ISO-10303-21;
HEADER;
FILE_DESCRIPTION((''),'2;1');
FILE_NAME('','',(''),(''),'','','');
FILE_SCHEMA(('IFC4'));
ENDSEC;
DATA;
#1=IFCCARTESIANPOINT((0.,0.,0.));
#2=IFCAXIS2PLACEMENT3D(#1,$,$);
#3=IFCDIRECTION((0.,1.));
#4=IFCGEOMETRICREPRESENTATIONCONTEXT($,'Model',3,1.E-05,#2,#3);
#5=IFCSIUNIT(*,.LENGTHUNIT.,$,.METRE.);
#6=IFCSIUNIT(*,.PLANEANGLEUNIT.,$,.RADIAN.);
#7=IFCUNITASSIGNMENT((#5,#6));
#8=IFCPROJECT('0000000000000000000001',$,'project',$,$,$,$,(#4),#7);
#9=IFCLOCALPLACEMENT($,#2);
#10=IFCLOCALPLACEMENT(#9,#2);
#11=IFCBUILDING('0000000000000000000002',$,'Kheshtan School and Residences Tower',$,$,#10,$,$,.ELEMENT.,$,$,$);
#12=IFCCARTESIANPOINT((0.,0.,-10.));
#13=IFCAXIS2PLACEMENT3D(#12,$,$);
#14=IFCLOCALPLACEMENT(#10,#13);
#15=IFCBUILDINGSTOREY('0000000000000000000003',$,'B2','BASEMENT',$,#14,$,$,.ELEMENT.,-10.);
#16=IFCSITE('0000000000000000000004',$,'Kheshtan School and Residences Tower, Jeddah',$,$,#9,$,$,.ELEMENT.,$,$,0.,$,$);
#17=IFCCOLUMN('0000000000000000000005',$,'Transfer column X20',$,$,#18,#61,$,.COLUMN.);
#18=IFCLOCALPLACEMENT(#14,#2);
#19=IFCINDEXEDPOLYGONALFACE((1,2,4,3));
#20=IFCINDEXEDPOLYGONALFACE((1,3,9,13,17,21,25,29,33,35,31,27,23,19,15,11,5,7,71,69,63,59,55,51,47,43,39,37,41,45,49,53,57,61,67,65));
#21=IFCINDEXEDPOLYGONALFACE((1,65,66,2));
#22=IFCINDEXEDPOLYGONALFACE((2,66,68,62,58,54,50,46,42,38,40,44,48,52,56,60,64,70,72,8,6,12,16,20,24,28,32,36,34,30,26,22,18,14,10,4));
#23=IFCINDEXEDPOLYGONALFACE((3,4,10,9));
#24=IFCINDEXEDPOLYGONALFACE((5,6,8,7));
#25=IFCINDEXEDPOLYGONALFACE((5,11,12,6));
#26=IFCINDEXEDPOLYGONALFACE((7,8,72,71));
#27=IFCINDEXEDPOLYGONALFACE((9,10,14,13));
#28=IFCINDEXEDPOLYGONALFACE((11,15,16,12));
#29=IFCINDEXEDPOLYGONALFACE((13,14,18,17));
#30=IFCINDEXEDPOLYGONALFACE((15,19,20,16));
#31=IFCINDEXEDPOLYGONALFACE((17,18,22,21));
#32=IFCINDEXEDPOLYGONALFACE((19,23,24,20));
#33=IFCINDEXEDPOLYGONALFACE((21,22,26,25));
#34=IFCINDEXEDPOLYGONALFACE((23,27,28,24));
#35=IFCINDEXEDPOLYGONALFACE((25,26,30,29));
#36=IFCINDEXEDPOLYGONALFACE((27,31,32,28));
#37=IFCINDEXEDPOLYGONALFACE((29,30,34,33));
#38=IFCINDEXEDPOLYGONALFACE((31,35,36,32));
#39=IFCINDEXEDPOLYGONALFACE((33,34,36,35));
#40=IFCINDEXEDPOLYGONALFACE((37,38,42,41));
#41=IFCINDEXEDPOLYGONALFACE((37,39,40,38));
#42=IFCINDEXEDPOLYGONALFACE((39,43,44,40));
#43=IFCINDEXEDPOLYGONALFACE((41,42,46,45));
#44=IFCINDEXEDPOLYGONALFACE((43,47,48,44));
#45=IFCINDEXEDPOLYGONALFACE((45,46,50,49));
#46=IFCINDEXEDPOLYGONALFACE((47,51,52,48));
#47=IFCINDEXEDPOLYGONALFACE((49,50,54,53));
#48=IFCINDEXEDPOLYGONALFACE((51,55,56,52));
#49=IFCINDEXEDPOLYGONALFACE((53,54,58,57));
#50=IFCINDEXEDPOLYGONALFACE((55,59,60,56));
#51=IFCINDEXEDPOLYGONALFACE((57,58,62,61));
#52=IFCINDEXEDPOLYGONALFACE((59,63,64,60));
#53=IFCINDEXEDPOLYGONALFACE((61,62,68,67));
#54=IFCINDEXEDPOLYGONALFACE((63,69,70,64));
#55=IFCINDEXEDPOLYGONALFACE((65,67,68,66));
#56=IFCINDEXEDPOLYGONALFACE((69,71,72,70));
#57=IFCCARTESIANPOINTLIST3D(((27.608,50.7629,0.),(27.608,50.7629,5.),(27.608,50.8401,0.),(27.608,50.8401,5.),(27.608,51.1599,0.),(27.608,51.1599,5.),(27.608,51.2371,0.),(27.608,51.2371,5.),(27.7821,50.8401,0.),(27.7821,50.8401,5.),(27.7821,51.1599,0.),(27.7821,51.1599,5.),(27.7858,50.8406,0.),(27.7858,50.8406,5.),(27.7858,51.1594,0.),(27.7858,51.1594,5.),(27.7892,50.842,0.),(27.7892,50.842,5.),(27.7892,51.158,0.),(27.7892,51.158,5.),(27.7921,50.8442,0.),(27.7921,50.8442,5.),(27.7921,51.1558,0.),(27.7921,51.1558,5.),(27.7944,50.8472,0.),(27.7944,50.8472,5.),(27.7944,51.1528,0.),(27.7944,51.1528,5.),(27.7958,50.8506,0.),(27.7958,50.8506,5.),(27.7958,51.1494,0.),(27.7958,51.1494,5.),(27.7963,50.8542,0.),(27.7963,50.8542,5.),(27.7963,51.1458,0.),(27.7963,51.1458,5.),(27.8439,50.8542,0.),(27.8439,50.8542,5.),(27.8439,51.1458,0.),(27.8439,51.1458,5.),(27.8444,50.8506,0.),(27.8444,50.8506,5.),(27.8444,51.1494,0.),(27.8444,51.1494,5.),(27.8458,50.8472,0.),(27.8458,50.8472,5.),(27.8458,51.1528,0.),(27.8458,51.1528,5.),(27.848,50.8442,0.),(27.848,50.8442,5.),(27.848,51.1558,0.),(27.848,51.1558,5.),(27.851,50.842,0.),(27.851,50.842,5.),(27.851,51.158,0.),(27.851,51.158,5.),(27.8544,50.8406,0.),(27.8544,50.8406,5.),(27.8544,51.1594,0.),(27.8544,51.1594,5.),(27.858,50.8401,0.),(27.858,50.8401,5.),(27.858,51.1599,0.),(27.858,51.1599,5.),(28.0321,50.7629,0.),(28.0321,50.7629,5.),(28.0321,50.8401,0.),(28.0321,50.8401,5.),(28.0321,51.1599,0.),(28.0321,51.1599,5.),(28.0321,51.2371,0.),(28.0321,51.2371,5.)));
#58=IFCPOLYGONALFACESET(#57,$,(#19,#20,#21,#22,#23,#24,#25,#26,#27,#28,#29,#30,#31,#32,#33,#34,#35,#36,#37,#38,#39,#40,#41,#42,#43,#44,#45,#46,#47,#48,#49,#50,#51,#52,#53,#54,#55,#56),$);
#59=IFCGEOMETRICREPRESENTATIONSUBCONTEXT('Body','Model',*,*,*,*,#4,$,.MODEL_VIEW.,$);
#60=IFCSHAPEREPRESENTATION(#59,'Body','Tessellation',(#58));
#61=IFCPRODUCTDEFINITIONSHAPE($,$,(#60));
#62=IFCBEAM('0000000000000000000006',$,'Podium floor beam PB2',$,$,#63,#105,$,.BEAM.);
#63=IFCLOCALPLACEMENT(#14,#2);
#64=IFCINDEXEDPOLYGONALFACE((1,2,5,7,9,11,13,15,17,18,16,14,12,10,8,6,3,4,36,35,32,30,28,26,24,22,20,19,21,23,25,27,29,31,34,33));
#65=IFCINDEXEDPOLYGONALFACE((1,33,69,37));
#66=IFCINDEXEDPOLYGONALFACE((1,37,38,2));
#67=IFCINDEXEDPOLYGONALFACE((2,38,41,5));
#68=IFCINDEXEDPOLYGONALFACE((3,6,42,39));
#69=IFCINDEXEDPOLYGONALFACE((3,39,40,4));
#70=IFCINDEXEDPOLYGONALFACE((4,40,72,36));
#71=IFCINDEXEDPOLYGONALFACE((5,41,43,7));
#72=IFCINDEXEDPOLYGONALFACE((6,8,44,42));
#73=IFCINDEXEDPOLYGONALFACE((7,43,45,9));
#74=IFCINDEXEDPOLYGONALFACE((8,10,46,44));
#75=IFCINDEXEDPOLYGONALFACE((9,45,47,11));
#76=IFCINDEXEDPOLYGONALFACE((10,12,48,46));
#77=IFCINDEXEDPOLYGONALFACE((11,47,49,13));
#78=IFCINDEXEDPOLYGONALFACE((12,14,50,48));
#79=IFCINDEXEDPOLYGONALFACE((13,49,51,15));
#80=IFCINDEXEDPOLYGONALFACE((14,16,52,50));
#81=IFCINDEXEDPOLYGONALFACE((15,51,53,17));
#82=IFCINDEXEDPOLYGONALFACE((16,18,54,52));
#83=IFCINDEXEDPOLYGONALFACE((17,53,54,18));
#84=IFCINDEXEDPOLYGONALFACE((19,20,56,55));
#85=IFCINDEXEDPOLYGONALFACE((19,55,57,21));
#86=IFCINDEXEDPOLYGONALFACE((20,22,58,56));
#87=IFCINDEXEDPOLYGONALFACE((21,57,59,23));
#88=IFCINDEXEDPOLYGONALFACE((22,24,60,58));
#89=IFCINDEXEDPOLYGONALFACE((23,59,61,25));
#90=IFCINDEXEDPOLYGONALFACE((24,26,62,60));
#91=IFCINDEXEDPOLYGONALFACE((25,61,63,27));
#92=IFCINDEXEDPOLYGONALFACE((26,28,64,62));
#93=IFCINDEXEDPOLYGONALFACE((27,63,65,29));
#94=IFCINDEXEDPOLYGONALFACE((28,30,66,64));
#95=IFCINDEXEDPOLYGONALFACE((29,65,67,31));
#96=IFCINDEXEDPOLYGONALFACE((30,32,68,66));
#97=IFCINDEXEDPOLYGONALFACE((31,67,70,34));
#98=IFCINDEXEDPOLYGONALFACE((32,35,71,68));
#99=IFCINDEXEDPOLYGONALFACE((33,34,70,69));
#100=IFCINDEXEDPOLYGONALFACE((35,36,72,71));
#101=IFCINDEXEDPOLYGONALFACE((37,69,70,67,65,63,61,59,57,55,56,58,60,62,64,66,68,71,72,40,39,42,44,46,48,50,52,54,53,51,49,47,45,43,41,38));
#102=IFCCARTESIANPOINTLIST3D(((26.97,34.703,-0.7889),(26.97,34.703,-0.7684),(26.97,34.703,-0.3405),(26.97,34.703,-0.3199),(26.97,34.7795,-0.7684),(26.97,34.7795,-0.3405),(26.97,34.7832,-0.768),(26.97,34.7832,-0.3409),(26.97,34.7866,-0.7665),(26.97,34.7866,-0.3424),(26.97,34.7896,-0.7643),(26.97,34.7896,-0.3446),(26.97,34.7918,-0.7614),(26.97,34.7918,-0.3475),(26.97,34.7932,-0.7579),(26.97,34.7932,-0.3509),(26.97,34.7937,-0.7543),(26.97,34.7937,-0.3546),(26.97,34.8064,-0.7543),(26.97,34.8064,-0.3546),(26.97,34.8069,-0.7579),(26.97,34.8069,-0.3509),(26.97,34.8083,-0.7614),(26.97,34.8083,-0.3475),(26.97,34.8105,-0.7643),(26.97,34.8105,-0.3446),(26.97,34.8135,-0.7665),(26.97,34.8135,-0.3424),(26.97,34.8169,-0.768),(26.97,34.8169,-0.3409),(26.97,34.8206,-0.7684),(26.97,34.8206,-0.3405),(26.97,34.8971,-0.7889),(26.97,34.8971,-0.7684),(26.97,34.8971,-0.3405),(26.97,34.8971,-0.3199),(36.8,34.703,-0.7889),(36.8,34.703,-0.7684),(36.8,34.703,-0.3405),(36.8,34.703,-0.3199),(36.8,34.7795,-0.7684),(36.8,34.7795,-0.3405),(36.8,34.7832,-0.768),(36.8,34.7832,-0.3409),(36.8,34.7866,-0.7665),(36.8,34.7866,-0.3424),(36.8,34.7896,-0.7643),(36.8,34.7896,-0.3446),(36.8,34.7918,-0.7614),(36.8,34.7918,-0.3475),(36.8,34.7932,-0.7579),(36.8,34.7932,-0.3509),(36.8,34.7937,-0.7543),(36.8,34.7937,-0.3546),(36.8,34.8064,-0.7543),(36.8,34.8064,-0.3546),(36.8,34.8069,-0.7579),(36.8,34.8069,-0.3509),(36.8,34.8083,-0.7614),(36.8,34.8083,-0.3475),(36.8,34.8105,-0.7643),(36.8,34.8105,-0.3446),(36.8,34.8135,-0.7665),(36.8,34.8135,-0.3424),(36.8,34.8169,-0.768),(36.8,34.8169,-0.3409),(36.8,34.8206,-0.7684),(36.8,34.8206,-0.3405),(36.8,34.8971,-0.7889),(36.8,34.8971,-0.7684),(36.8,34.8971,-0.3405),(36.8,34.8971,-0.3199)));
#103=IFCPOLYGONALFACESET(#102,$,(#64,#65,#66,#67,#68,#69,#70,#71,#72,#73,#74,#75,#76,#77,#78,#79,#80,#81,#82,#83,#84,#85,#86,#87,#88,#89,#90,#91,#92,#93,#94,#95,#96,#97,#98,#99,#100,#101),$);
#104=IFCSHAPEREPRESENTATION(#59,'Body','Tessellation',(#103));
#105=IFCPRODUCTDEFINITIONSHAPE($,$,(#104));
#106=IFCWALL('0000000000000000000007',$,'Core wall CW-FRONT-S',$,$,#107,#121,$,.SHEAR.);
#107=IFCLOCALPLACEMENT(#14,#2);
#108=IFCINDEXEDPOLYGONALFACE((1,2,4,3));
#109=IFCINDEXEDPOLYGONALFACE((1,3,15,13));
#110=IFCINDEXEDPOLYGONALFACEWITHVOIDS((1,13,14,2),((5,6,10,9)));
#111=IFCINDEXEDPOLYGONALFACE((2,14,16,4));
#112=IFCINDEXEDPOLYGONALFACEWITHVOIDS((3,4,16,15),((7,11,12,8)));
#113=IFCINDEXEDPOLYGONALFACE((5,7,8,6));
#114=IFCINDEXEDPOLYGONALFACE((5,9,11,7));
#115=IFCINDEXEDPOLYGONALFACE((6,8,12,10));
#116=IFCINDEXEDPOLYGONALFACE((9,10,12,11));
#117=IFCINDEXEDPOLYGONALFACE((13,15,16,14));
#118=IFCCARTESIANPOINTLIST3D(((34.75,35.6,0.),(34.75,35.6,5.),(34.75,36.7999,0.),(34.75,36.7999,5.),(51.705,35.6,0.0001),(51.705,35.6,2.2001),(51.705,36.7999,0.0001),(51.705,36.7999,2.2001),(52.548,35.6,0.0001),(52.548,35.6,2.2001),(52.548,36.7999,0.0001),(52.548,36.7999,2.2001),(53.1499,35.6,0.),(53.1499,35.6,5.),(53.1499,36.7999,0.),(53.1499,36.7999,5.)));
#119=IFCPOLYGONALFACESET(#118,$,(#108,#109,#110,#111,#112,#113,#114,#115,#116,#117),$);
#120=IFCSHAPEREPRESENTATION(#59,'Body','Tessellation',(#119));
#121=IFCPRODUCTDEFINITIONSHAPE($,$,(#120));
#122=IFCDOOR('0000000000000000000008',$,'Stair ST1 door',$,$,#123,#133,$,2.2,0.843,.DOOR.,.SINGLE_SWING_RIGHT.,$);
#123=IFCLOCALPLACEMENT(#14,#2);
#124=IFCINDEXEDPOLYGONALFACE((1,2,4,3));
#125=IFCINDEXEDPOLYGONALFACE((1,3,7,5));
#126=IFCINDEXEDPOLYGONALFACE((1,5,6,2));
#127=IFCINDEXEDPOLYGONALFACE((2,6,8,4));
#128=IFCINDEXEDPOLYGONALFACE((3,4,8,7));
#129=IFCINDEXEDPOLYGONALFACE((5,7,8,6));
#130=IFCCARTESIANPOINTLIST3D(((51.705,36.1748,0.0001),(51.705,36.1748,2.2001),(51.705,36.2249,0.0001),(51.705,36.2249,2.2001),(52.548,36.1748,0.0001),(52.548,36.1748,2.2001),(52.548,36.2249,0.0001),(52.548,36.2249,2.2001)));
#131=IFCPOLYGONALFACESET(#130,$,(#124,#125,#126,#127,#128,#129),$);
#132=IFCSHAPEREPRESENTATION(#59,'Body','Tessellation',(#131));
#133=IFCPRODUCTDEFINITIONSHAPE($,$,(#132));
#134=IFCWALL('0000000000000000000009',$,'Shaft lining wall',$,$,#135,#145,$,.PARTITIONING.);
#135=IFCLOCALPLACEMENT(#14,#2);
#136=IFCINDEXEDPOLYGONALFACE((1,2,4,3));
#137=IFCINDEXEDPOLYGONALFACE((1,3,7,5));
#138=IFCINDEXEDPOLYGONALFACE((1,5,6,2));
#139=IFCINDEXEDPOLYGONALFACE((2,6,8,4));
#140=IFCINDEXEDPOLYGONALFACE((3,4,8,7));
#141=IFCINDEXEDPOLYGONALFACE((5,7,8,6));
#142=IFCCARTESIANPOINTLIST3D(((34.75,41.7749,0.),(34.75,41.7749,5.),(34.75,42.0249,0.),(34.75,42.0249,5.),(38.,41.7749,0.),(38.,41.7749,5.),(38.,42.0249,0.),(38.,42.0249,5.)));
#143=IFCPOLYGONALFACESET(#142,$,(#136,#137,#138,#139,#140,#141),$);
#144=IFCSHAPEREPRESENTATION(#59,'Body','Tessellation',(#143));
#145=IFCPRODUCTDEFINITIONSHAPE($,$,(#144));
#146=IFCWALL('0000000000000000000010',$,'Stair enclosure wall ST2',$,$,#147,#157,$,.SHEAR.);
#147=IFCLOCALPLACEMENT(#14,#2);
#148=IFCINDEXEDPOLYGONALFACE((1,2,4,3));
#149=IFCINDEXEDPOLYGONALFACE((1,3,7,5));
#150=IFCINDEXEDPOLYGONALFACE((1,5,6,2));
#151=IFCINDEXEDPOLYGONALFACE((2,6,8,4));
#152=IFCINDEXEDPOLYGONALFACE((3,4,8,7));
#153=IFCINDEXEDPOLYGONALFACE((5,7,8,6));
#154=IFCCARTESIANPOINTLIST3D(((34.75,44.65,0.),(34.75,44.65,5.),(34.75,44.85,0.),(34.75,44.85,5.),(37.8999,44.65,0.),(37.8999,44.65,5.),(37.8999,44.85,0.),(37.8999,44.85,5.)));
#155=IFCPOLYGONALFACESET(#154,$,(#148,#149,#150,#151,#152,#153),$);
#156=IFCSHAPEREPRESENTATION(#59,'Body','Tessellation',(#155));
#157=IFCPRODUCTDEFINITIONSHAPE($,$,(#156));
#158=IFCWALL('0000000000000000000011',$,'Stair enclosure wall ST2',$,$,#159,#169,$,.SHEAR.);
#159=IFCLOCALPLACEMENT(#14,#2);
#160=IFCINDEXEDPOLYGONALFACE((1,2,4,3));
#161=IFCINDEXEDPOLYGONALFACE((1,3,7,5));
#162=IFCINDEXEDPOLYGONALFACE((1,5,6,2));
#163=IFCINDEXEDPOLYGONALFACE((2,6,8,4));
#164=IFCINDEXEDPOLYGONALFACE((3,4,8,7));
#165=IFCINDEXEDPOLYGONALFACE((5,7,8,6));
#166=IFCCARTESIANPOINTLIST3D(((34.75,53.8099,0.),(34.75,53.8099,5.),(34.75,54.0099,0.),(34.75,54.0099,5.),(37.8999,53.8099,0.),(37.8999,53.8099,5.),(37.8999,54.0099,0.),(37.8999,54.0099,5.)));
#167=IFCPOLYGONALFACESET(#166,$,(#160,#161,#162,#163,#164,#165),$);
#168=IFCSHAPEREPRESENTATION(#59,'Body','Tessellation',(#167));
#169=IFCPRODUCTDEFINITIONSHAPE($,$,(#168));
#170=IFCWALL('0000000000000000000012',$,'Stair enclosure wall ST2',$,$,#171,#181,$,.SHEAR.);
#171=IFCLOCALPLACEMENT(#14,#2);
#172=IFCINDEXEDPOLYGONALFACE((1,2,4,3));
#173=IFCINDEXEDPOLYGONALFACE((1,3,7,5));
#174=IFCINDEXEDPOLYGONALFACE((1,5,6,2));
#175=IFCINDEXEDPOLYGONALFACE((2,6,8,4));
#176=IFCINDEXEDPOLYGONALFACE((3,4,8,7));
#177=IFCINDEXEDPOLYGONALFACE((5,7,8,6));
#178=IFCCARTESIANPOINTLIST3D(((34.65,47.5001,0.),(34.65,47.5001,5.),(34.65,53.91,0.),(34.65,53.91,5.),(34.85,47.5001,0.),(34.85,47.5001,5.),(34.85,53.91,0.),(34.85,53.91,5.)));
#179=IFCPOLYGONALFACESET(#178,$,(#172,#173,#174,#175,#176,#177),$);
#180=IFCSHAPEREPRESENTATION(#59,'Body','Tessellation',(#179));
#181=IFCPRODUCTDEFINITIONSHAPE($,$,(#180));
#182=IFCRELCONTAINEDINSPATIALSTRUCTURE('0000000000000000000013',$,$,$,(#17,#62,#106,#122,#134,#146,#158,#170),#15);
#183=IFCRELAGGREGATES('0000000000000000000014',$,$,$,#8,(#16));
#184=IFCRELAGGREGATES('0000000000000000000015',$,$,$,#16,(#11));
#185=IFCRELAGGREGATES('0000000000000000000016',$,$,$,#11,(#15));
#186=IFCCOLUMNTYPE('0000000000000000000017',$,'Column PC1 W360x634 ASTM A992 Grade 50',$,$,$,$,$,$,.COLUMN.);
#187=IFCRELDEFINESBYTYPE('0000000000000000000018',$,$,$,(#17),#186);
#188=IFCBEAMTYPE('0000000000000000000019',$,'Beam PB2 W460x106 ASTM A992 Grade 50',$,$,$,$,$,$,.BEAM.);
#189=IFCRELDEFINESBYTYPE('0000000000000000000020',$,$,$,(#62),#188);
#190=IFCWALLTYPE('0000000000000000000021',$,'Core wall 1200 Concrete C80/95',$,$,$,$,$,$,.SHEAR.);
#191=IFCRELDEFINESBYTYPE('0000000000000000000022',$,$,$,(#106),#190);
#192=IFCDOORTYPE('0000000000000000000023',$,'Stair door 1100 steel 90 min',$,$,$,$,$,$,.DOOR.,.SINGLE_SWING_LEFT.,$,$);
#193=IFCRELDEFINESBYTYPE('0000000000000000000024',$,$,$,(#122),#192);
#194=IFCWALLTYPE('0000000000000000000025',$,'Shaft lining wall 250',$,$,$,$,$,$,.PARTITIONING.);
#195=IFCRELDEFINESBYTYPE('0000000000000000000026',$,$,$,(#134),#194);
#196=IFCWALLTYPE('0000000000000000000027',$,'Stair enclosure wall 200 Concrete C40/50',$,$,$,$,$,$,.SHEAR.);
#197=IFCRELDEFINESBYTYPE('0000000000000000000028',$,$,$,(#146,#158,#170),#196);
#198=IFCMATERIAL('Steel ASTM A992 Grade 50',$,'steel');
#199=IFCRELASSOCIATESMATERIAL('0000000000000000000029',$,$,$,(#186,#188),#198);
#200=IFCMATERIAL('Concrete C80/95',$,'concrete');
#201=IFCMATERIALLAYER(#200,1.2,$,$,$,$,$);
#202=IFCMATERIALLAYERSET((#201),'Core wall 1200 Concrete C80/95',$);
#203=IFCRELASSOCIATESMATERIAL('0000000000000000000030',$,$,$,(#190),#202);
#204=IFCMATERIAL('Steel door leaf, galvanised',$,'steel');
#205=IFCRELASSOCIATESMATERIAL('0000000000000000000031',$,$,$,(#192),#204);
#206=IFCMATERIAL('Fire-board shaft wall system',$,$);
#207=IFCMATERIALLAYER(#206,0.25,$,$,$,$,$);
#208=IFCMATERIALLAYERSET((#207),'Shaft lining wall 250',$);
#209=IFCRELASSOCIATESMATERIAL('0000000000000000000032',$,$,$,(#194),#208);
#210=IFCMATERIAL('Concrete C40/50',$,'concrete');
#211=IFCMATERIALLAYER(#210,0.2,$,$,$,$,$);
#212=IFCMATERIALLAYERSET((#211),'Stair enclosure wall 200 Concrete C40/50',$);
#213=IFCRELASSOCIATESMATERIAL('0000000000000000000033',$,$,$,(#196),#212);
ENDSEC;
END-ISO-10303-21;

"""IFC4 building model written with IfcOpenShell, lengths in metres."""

from ifc_helpers import new_model, si_unit, direction, frame, frame_2d, origin, origin_2d, place, context, subcontext, project, spatial, rectangle, i_section, extrude, source, transform, mapped, material, layer, layer_set, material_profile, profile_set, type_object, element, fill, save


model = new_model("IFC4")

# Units and contexts
model_context = context("Model", 3, precision=1e-05, world=origin(), true_north=direction((0.0, 1.0)))
body_context = subcontext(model_context, "Body", "Model", "MODEL_VIEW")
ifc_project = project(units=[si_unit("LENGTHUNIT", "METRE"), si_unit("PLANEANGLEUNIT", "RADIAN")], contexts=[model_context])

# Site, building, storey
site_placement = place(None, origin())
site = spatial("IfcSite", under=ifc_project, at=site_placement, Name="Kheshtan School and Residences Tower, Jeddah", CompositionType="ELEMENT", RefElevation=0.0)
building_placement = place(site_placement, origin())
building = spatial("IfcBuilding", under=site, at=building_placement, Name="Kheshtan School and Residences Tower", CompositionType="ELEMENT")
storey_placement = place(building_placement, frame((0.0, 0.0, -10.0)))
storey = spatial("IfcBuildingStorey", under=building, at=storey_placement, Name="B2", Description="BASEMENT", CompositionType="ELEMENT", Elevation=-10.0)

# Column
ifc_material_1 = material(Name="Steel ASTM A992 Grade 50", Category="steel")
ifc_material_profile_1 = material_profile(ifc_material_1, i_section(OverallWidth=0.4241, OverallDepth=0.4741, WebThickness=0.0476, FlangeThickness=0.0771, FilletRadius=0.0142, at=origin_2d()), Name="W360x634")
ifc_profile_set_1 = profile_set([ifc_material_profile_1], Name="Steel ASTM A992 Grade 50")
column_type = type_object("IfcColumnType", Name="Column PC1 W360x634 ASTM A992 Grade 50", PredefinedType="COLUMN", material=ifc_profile_set_1)
for number, where, z_axis, x_axis, name in (
    (1, (27.8201, 51.0, 0.0), (0.0, 0.0, 1.0), (1.0, 0.0, 0.0), "Transfer column X20"),
):
    element("IfcColumn", number, at=place(storey_placement, frame(where, z_axis=z_axis, x_axis=x_axis)), inside=storey, type_object=column_type, Name=name, PredefinedType="COLUMN", context=body_context, shape_type="SweptSolid", body=[
        extrude(i_section(OverallWidth=0.4241, OverallDepth=0.4741, WebThickness=0.0476, FlangeThickness=0.0771, FilletRadius=0.0142, at=origin_2d()), origin(), (0.0, 0.0, 1.0), 5.0),
    ])

# Beam
ifc_material_profile_2 = material_profile(ifc_material_1, i_section(OverallWidth=0.1941, OverallDepth=0.469, WebThickness=0.0127, FlangeThickness=0.0205, FilletRadius=0.0142, at=origin_2d()), Name="W460x106")
ifc_profile_set_2 = profile_set([ifc_material_profile_2], Name="Steel ASTM A992 Grade 50")
beam_type = type_object("IfcBeamType", Name="Beam PB2 W460x106 ASTM A992 Grade 50", PredefinedType="BEAM", material=ifc_profile_set_2)
beam_placement = place(storey_placement, frame((26.97, 34.8, -0.5544), z_axis=(1.0, 0.0, 0.0), x_axis=(0.0, 1.0, 0.0)))
element("IfcBeam", 2, at=beam_placement, inside=storey, type_object=beam_type, Name="Podium floor beam PB2", PredefinedType="BEAM", context=body_context, shape_type="SweptSolid", body=[
    extrude(i_section(OverallWidth=0.1941, OverallDepth=0.469, WebThickness=0.0127, FlangeThickness=0.0205, FilletRadius=0.0142, at=origin_2d()), origin(), (0.0, 0.0, 1.0), 9.8301),
])

# Wall, opening, door
ifc_material_2 = material(Name="Concrete C80/95", Category="concrete")
ifc_layer_1 = layer(ifc_material_2, 1.2)
ifc_layer_set_1 = layer_set([ifc_layer_1], Name="Core wall 1200 Concrete C80/95")
wall_type_1 = type_object("IfcWallType", Name="Core wall 1200 Concrete C80/95", PredefinedType="SHEAR", material=ifc_layer_set_1)
wall_1_placement = place(storey_placement, frame((34.75, 36.2, 0.0), z_axis=(0.0, 0.0, 1.0), x_axis=(1.0, 0.0, 0.0)))
wall_1 = element("IfcWall", 3, at=wall_1_placement, inside=storey, type_object=wall_type_1, Name="Core wall CW-FRONT-S", PredefinedType="SHEAR", context=body_context, shape_type="SweptSolid", body=[
    extrude(rectangle(XDim=18.3999, YDim=1.2, at=frame_2d((9.2, 0.0))), origin(), (0.0, 0.0, 1.0), 5.0),
])
opening_placement = place(wall_1_placement, frame((16.9551, 0.0, 0.0)))
opening = element("IfcOpeningElement", 4, at=opening_placement, cuts=wall_1, PredefinedType="OPENING", context=body_context, shape_type="SweptSolid", body=[
    extrude(rectangle(XDim=0.843, YDim=2.2, at=frame_2d((0.4214, 1.1001))), frame((0.0, 0.6099, 0.0), z_axis=(0.0, -1.0, 0.0), x_axis=(1.0, 0.0, 0.0)), (0.0, 0.0, 1.0), 1.22),
])
ifc_material_3 = material(Name="Steel door leaf, galvanised", Category="steel")
door_type = type_object("IfcDoorType", Name="Stair door 1100 steel 90 min", OperationType="SINGLE_SWING_LEFT", PredefinedType="DOOR", material=ifc_material_3)
shared_shape = source(origin(), body_context, "Body", "SweptSolid", [
    extrude(rectangle(XDim=0.843, YDim=2.2, at=frame_2d((0.4214, 1.1001))), frame((0.0, 0.0249, 0.0), z_axis=(0.0, -1.0, 0.0), x_axis=(1.0, 0.0, 0.0)), (0.0, 0.0, 1.0), 0.05),
])
door_placement = place(opening_placement, origin())
door = element("IfcDoor", 5, at=door_placement, inside=storey, type_object=door_type, Name="Stair ST1 door", OperationType="SINGLE_SWING_RIGHT", OverallHeight=2.2, OverallWidth=0.843, PredefinedType="DOOR", context=body_context, shape_type="MappedRepresentation", body=[
    mapped(shared_shape, transform((0.0, 0.0, 0.0), x_axis=(1.0, 0.0, 0.0), y_axis=(0.0, 1.0, 0.0), z_axis=(0.0, 0.0, 1.0), scale=1.0)),
])
fill(opening, door)

# Walls
ifc_material_4 = material(Name="Fire-board shaft wall system")
ifc_layer_2 = layer(ifc_material_4, 0.25)
ifc_layer_set_2 = layer_set([ifc_layer_2], Name="Shaft lining wall 250")
wall_type_2 = type_object("IfcWallType", Name="Shaft lining wall 250", PredefinedType="PARTITIONING", material=ifc_layer_set_2)
wall_2_placement = place(storey_placement, frame((34.75, 41.8999, 0.0), z_axis=(0.0, 0.0, 1.0), x_axis=(1.0, 0.0, 0.0)))
element("IfcWall", 6, at=wall_2_placement, inside=storey, type_object=wall_type_2, Name="Shaft lining wall", PredefinedType="PARTITIONING", context=body_context, shape_type="SweptSolid", body=[
    extrude(rectangle(XDim=3.25, YDim=0.25, at=frame_2d((1.625, 0.0))), origin(), (0.0, 0.0, 1.0), 5.0),
])
ifc_material_5 = material(Name="Concrete C40/50", Category="concrete")
ifc_layer_3 = layer(ifc_material_5, 0.2)
ifc_layer_set_3 = layer_set([ifc_layer_3], Name="Stair enclosure wall 200 Concrete C40/50")
wall_type_3 = type_object("IfcWallType", Name="Stair enclosure wall 200 Concrete C40/50", PredefinedType="SHEAR", material=ifc_layer_set_3)
for number, where, z_axis, x_axis, name in (
    (7, (34.75, 44.75, 0.0), (0.0, 0.0, 1.0), (1.0, 0.0, 0.0), "Stair enclosure wall ST2"),
    (8, (34.75, 53.9099, 0.0), (0.0, 0.0, 1.0), (1.0, 0.0, 0.0), "Stair enclosure wall ST2"),
):
    element("IfcWall", number, at=place(storey_placement, frame(where, z_axis=z_axis, x_axis=x_axis)), inside=storey, type_object=wall_type_3, Name=name, PredefinedType="SHEAR", context=body_context, shape_type="SweptSolid", body=[
        extrude(rectangle(XDim=3.1499, YDim=0.2, at=frame_2d((1.575, 0.0))), origin(), (0.0, 0.0, 1.0), 5.0),
    ])
wall_3_placement = place(storey_placement, frame((34.75, 47.5, 0.0), z_axis=(0.0, 0.0, 1.0), x_axis=(0.0, 1.0, 0.0)))
element("IfcWall", 9, at=wall_3_placement, inside=storey, type_object=wall_type_3, Name="Stair enclosure wall ST2", PredefinedType="SHEAR", context=body_context, shape_type="SweptSolid", body=[
    extrude(rectangle(XDim=6.4099, YDim=0.2, at=frame_2d((3.2051, 0.0))), origin(), (0.0, 0.0, 1.0), 5.0),
])

save(model, "model.ifc")
